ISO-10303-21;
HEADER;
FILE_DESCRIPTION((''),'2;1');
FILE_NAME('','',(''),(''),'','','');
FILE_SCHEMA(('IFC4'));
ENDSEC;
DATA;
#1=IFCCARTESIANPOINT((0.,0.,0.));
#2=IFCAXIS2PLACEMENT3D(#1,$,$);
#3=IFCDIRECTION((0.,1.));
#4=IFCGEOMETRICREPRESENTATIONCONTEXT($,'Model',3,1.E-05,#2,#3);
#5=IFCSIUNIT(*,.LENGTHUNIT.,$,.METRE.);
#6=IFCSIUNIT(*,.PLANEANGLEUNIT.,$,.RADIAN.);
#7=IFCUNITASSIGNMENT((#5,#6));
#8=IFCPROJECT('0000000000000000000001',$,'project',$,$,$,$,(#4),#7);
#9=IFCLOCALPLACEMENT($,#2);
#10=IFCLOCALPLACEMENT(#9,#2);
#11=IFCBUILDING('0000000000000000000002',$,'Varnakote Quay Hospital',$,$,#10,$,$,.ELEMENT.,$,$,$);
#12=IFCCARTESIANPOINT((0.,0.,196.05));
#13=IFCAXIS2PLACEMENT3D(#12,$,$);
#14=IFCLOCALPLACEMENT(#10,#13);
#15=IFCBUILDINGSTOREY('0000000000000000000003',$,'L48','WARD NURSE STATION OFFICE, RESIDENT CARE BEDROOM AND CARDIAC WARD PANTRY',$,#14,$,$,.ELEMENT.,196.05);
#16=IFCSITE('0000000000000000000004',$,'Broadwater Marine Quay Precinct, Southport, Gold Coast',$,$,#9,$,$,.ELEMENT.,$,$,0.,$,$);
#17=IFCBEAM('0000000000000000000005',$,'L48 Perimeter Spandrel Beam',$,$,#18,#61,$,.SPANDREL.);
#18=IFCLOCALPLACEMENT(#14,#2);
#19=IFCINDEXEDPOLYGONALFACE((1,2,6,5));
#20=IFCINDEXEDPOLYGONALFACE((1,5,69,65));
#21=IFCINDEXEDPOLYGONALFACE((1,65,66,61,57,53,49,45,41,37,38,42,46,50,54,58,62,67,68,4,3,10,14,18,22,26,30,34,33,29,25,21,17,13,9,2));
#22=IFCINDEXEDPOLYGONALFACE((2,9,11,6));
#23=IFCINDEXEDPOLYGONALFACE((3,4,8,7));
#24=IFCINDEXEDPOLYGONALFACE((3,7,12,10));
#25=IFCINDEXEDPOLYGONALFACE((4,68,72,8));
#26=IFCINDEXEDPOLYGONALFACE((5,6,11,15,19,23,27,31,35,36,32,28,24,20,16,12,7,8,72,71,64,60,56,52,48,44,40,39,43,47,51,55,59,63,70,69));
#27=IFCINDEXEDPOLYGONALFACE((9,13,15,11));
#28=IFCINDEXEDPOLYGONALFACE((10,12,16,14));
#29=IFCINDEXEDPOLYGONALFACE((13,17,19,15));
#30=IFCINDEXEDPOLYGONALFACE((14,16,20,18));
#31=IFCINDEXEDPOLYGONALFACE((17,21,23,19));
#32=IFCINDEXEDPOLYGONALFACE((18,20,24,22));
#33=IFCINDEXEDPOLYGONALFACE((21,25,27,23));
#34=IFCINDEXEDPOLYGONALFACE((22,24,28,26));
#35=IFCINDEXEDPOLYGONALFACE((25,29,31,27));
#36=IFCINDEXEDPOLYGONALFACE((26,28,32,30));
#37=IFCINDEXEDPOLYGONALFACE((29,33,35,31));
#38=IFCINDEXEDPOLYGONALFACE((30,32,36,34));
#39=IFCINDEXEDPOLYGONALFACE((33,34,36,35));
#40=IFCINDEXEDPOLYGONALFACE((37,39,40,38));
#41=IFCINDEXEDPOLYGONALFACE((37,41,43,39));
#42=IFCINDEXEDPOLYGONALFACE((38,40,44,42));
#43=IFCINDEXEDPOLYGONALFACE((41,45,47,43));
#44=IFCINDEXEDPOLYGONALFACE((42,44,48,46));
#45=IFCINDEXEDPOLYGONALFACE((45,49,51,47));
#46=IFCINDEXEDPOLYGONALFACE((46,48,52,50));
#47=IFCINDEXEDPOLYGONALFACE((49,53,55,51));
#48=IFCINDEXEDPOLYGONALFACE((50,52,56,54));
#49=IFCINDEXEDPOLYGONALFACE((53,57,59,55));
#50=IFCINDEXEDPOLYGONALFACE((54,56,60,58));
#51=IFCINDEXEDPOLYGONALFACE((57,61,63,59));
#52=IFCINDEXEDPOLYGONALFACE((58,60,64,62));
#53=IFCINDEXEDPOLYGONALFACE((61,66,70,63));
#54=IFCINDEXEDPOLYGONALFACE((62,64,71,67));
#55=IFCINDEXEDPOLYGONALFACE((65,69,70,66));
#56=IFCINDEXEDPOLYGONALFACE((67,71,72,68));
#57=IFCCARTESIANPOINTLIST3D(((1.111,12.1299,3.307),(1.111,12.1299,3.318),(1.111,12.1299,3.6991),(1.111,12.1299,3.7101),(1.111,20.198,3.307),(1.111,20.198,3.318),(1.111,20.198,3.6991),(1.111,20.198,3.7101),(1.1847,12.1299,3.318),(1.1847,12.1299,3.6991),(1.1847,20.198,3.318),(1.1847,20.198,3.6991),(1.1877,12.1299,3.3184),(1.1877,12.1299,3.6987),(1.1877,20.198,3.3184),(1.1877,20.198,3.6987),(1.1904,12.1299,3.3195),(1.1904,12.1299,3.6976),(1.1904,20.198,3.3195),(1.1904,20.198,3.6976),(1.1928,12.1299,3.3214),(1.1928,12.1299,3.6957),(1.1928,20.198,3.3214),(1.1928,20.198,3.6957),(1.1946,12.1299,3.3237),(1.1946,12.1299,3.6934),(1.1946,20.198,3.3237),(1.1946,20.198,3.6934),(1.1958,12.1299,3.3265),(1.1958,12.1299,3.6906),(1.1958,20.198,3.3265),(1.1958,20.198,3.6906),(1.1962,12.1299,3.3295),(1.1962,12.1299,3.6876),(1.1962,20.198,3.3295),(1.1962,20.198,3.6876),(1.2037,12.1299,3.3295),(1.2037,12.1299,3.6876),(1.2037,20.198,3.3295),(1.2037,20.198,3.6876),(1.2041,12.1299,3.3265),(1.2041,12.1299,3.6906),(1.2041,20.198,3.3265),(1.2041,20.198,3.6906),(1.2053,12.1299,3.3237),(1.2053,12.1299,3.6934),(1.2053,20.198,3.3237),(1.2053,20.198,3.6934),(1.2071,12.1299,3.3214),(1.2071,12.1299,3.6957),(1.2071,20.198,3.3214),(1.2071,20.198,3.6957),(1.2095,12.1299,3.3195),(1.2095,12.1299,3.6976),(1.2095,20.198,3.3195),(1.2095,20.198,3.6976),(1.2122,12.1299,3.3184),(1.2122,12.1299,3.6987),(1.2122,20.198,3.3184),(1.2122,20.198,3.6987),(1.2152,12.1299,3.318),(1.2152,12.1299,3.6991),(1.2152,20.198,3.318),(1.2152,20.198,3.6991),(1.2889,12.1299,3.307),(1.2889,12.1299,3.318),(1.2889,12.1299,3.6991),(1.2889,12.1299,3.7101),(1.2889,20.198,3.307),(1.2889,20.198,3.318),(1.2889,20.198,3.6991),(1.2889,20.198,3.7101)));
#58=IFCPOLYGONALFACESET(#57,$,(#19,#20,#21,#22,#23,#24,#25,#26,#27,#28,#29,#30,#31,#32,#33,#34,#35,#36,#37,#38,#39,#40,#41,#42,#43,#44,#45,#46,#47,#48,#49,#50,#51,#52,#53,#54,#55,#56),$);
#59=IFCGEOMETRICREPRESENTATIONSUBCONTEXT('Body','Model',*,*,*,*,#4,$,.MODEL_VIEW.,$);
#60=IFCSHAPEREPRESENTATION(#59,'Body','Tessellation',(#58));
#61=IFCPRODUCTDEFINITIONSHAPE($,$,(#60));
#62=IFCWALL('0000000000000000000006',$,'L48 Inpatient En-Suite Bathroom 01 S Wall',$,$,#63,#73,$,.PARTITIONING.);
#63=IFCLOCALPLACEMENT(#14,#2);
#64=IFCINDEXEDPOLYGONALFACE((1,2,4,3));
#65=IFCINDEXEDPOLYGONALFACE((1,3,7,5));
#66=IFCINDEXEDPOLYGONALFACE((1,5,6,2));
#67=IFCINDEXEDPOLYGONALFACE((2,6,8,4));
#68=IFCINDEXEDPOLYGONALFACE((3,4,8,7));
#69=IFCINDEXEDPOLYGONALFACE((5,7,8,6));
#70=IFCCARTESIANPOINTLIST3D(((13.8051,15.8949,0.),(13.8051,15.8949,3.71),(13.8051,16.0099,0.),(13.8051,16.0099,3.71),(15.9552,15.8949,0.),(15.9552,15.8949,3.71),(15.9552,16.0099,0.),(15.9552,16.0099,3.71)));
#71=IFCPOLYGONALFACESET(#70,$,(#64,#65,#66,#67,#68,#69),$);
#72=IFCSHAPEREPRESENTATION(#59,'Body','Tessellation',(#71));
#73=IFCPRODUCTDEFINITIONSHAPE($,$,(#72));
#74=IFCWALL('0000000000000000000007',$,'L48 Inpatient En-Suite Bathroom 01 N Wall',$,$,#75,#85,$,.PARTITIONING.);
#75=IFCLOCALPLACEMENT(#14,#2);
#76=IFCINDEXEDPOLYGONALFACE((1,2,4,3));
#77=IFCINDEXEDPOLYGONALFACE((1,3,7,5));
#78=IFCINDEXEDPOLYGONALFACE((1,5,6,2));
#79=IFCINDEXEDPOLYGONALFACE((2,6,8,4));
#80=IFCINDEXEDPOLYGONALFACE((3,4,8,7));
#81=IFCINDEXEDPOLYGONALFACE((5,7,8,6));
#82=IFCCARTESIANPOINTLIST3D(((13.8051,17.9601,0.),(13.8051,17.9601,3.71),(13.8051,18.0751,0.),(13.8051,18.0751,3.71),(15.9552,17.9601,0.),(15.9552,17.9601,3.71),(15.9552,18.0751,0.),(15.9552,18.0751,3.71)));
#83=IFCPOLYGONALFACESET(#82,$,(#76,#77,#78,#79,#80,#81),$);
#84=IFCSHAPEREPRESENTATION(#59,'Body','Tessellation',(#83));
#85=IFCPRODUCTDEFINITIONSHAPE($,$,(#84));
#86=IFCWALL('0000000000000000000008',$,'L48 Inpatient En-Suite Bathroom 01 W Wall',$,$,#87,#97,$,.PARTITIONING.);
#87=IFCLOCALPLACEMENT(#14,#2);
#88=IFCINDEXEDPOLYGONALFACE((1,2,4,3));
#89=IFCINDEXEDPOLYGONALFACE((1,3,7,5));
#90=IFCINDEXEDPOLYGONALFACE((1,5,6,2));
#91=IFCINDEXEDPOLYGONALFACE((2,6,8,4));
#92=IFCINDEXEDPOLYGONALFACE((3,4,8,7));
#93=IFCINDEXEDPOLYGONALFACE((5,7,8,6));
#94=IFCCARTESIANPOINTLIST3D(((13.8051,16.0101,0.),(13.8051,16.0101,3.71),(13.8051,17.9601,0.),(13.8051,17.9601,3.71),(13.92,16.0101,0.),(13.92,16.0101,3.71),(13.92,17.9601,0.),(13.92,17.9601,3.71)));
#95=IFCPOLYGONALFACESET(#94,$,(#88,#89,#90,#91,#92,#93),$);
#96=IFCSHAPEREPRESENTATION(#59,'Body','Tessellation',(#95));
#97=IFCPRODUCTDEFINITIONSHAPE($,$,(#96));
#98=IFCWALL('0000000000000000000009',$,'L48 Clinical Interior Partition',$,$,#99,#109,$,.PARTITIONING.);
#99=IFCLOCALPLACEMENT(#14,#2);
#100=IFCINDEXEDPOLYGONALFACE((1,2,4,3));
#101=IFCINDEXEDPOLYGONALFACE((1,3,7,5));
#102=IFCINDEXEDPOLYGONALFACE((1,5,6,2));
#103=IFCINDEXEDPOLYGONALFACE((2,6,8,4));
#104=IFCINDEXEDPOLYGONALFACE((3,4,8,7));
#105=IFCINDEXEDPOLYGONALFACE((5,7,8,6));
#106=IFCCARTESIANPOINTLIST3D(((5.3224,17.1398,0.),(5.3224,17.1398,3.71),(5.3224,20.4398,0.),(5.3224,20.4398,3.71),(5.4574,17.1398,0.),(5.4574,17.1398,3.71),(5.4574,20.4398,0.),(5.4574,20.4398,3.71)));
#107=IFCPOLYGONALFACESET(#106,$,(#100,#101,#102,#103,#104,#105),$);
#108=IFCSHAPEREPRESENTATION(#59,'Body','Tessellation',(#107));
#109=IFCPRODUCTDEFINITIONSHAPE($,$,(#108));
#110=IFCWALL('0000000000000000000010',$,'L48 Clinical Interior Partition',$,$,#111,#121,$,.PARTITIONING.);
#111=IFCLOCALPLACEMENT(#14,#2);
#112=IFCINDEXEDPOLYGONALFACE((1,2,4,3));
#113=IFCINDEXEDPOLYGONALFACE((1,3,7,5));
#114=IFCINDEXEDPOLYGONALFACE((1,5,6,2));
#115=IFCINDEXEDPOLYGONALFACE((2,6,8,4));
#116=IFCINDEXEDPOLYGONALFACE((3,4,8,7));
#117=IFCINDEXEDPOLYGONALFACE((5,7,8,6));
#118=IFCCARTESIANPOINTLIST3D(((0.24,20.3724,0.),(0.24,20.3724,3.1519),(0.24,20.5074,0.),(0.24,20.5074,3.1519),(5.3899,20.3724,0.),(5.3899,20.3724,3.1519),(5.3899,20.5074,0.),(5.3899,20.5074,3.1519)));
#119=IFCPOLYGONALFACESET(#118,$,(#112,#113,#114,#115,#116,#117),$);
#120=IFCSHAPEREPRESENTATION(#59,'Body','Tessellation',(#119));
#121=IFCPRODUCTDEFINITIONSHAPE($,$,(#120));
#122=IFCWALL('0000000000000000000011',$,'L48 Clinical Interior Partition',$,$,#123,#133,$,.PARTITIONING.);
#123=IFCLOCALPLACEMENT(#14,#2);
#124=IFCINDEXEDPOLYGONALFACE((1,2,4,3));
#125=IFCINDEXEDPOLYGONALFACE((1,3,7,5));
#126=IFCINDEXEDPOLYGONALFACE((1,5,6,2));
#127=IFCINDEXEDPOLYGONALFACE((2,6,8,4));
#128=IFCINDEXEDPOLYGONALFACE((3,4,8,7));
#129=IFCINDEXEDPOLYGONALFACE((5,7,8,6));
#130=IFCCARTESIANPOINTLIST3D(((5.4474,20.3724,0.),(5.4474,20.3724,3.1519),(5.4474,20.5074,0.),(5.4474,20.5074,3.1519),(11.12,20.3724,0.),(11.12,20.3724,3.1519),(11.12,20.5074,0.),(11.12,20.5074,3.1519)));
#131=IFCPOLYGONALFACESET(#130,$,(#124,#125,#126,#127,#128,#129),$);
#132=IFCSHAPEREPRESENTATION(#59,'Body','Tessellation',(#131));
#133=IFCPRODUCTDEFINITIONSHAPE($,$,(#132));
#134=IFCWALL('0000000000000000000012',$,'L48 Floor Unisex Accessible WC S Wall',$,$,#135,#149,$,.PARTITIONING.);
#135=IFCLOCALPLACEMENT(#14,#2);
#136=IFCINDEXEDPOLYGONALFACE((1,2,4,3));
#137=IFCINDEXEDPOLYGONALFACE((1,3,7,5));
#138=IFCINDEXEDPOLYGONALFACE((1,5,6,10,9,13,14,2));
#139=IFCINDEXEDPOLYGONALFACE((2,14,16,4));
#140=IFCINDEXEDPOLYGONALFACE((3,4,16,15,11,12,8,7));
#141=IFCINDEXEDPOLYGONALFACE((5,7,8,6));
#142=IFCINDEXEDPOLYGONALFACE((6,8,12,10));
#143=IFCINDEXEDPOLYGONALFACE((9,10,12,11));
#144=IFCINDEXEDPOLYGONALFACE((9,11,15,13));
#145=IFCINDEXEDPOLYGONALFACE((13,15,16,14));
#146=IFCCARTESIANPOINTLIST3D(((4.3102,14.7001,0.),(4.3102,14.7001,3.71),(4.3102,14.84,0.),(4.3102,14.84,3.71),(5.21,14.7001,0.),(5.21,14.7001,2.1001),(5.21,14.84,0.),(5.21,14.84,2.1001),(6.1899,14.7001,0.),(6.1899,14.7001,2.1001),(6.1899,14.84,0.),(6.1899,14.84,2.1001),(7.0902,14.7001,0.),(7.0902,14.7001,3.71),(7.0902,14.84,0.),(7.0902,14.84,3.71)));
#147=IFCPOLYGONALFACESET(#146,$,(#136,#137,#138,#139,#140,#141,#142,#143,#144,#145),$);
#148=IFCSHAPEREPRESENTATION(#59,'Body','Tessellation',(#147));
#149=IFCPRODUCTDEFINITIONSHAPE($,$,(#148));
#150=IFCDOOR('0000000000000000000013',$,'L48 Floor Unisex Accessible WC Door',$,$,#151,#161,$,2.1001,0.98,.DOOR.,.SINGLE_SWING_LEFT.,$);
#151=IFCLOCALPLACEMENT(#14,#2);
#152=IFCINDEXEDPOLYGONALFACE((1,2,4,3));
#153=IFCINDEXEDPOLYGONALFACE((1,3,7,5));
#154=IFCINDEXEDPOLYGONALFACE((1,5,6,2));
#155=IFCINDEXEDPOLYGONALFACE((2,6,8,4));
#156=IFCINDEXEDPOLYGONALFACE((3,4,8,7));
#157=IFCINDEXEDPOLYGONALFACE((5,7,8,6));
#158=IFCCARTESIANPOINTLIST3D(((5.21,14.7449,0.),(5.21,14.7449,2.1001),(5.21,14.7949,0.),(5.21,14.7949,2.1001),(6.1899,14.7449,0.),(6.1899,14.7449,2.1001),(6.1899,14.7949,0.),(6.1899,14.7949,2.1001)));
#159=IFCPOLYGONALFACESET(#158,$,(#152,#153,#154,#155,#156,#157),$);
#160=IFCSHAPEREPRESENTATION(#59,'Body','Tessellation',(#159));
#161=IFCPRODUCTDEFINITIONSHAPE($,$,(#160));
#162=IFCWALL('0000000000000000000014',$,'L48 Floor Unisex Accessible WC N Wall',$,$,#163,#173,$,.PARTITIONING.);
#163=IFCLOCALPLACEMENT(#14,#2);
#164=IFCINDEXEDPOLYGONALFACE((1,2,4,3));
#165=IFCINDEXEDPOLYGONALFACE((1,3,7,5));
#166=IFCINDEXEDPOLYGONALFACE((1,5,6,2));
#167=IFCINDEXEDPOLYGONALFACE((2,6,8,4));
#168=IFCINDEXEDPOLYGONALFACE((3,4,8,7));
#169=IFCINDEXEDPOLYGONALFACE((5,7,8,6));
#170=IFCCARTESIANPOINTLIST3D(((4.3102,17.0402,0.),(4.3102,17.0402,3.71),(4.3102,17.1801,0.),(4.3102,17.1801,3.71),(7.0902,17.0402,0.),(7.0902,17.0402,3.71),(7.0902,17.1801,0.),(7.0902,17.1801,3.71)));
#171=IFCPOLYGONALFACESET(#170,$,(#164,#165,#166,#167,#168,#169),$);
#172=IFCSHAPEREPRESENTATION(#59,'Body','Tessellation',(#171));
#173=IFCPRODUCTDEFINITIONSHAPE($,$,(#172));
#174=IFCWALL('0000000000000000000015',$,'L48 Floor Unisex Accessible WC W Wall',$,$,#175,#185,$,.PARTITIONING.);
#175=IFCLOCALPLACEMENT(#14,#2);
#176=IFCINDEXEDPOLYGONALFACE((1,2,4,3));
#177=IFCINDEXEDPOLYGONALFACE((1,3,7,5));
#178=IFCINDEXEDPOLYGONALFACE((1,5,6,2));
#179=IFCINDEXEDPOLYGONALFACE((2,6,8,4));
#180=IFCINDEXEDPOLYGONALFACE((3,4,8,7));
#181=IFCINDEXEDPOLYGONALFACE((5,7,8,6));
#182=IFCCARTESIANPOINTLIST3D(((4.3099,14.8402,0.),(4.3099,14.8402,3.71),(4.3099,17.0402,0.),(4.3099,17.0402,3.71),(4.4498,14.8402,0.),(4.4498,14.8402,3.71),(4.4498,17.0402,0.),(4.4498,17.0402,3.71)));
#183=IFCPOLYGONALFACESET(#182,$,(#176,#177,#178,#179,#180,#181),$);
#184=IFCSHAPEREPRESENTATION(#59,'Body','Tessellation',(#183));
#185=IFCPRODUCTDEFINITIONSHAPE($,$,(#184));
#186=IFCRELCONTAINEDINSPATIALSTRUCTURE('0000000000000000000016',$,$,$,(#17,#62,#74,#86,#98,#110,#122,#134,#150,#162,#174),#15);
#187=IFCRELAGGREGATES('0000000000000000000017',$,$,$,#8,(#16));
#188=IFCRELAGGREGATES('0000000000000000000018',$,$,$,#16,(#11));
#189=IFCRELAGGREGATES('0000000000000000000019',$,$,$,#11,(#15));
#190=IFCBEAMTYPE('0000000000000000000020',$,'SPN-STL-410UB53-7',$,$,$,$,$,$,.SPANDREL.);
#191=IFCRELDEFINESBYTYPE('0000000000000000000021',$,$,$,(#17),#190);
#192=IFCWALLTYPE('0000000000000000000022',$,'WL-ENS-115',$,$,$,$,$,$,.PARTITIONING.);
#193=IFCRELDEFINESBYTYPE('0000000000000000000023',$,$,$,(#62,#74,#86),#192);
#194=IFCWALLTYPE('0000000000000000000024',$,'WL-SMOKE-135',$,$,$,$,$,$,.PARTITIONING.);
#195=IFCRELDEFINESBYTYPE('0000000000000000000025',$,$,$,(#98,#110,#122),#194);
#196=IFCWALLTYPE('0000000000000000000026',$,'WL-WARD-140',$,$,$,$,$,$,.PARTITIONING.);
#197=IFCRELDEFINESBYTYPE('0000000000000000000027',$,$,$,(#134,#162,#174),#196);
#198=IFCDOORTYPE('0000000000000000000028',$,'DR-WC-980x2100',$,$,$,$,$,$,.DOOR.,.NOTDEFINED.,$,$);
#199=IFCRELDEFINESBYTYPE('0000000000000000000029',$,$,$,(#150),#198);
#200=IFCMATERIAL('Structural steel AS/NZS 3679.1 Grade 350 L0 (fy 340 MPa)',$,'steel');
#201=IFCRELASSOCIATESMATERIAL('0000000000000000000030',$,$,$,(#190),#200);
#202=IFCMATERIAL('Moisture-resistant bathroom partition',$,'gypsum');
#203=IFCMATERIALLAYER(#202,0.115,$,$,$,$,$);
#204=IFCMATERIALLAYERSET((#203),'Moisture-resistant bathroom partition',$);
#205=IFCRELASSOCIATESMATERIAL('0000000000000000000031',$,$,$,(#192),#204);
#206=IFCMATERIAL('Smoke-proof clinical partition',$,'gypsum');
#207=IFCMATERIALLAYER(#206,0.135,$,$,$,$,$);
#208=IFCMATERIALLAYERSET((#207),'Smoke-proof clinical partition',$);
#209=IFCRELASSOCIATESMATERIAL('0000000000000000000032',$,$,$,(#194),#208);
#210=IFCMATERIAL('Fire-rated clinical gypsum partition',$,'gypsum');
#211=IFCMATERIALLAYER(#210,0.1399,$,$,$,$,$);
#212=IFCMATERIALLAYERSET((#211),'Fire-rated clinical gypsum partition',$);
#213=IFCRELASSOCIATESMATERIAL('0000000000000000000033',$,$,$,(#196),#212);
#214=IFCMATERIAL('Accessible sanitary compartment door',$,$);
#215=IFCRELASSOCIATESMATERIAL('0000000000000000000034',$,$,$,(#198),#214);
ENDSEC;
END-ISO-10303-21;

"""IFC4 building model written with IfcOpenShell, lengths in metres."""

from ifc_helpers import new_model, si_unit, direction, frame, frame_2d, origin, origin_2d, place, context, subcontext, project, spatial, rectangle, i_section, extrude, material, layer, layer_set, material_profile, profile_set, type_object, element, fill, save


model = new_model("IFC4")

# Units and contexts
model_context = context("Model", 3, precision=1e-05, world=origin(), true_north=direction((0.0, 1.0)))
body_context = subcontext(model_context, "Body", "Model", "MODEL_VIEW")
ifc_project = project(units=[si_unit("LENGTHUNIT", "METRE"), si_unit("PLANEANGLEUNIT", "RADIAN")], contexts=[model_context])

# Site, building, storey
site_placement = place(None, origin())
site = spatial("IfcSite", under=ifc_project, at=site_placement, Name="Broadwater Marine Quay Precinct, Southport, Gold Coast", CompositionType="ELEMENT", RefElevation=0.0)
building_placement = place(site_placement, origin())
building = spatial("IfcBuilding", under=site, at=building_placement, Name="Varnakote Quay Hospital", CompositionType="ELEMENT")
storey_placement = place(building_placement, frame((0.0, 0.0, 196.05)))
storey = spatial("IfcBuildingStorey", under=building, at=storey_placement, Name="L48", Description="WARD NURSE STATION OFFICE, RESIDENT CARE BEDROOM AND CARDIAC WARD PANTRY", CompositionType="ELEMENT", Elevation=196.05)

# Beam
ifc_material_1 = material(Name="Structural steel AS/NZS 3679.1 Grade 350 L0 (fy 340 MPa)", Category="steel")
ifc_material_profile_1 = material_profile(ifc_material_1, i_section(OverallWidth=0.178, OverallDepth=0.4031, WebThickness=0.0076, FlangeThickness=0.011, FilletRadius=0.0115, at=origin_2d()), Name="410UB53.7")
ifc_profile_set_1 = profile_set([ifc_material_profile_1], Name="Structural steel AS/NZS 3679.1 Grade 350 L0 (fy 340 MPa)")
beam_type_1 = type_object("IfcBeamType", Name="SPN-STL-410UB53-7", PredefinedType="SPANDREL", material=ifc_profile_set_1)
beam_1_placement = place(storey_placement, frame((1.2, 12.1299, 3.5085), z_axis=(0.0, 1.0, 0.0), x_axis=(-1.0, 0.0, 0.0)))
element("IfcBeam", 1, at=beam_1_placement, inside=storey, type_object=beam_type_1, Name="L48 Perimeter Spandrel Beam", PredefinedType="SPANDREL", context=body_context, shape_type="SweptSolid", body=[
    extrude(i_section(OverallWidth=0.178, OverallDepth=0.4031, WebThickness=0.0076, FlangeThickness=0.011, FilletRadius=0.0115, at=origin_2d()), origin(), (0.0, 0.0, 1.0), 8.0681),
])

# Walls
ifc_material_2 = material(Name="Moisture-resistant bathroom partition", Category="gypsum")
ifc_layer_1 = layer(ifc_material_2, 0.115)
ifc_layer_set_1 = layer_set([ifc_layer_1], Name="Moisture-resistant bathroom partition")
wall_type_1 = type_object("IfcWallType", Name="WL-ENS-115", PredefinedType="PARTITIONING", material=ifc_layer_set_1)
for number, where, z_axis, x_axis, name in (
    (2, (13.8049, 15.9524, 0.0), (0.0, 0.0, 1.0), (1.0, 0.0, 0.0), "L48 Inpatient En-Suite Bathroom 01 S Wall"),
    (3, (13.8049, 18.0176, 0.0), (0.0, 0.0, 1.0), (1.0, 0.0, 0.0), "L48 Inpatient En-Suite Bathroom 01 N Wall"),
):
    element("IfcWall", number, at=place(storey_placement, frame(where, z_axis=z_axis, x_axis=x_axis)), inside=storey, type_object=wall_type_1, Name=name, PredefinedType="PARTITIONING", context=body_context, shape_type="SweptSolid", body=[
        extrude(rectangle(XDim=2.1501, YDim=0.115, at=frame_2d((1.0752, 0.0))), origin(), (0.0, 0.0, 1.0), 3.71),
    ])
wall_1_placement = place(storey_placement, frame((13.8625, 16.01, 0.0), z_axis=(0.0, 0.0, 1.0), x_axis=(0.0, 1.0, 0.0)))
element("IfcWall", 4, at=wall_1_placement, inside=storey, type_object=wall_type_1, Name="L48 Inpatient En-Suite Bathroom 01 W Wall", PredefinedType="PARTITIONING", context=body_context, shape_type="SweptSolid", body=[
    extrude(rectangle(XDim=1.95, YDim=0.115, at=frame_2d((0.9751, 0.0))), origin(), (0.0, 0.0, 1.0), 3.71),
])
ifc_material_3 = material(Name="Smoke-proof clinical partition", Category="gypsum")
ifc_layer_2 = layer(ifc_material_3, 0.135)
ifc_layer_set_2 = layer_set([ifc_layer_2], Name="Smoke-proof clinical partition")
wall_type_2 = type_object("IfcWallType", Name="WL-SMOKE-135", PredefinedType="PARTITIONING", material=ifc_layer_set_2)
wall_2_placement = place(storey_placement, frame((5.3899, 17.1399, 0.0), z_axis=(0.0, 0.0, 1.0), x_axis=(0.0, 1.0, 0.0)))
element("IfcWall", 5, at=wall_2_placement, inside=storey, type_object=wall_type_2, Name="L48 Clinical Interior Partition", PredefinedType="PARTITIONING", context=body_context, shape_type="SweptSolid", body=[
    extrude(rectangle(XDim=3.3, YDim=0.135, at=frame_2d((1.6499, 0.0))), origin(), (0.0, 0.0, 1.0), 3.71),
])
wall_3_placement = place(storey_placement, frame((5.3899, 20.4399, 0.0), z_axis=(0.0, 0.0, 1.0), x_axis=(-1.0, 0.0, 0.0)))
element("IfcWall", 6, at=wall_3_placement, inside=storey, type_object=wall_type_2, Name="L48 Clinical Interior Partition", PredefinedType="PARTITIONING", context=body_context, shape_type="SweptSolid", body=[
    extrude(rectangle(XDim=5.1499, YDim=0.135, at=frame_2d((2.575, 0.0))), origin(), (0.0, 0.0, 1.0), 3.1519),
])
wall_4_placement = place(storey_placement, frame((11.1201, 20.4399, 0.0), z_axis=(0.0, 0.0, 1.0), x_axis=(-1.0, 0.0, 0.0)))
element("IfcWall", 7, at=wall_4_placement, inside=storey, type_object=wall_type_2, Name="L48 Clinical Interior Partition", PredefinedType="PARTITIONING", context=body_context, shape_type="SweptSolid", body=[
    extrude(rectangle(XDim=5.6726, YDim=0.135, at=frame_2d((2.8364, 0.0))), origin(), (0.0, 0.0, 1.0), 3.1519),
])

# Wall, opening, door
ifc_material_4 = material(Name="Fire-rated clinical gypsum partition", Category="gypsum")
ifc_layer_3 = layer(ifc_material_4, 0.1399)
ifc_layer_set_3 = layer_set([ifc_layer_3], Name="Fire-rated clinical gypsum partition")
wall_type_3 = type_object("IfcWallType", Name="WL-WARD-140", PredefinedType="PARTITIONING", material=ifc_layer_set_3)
wall_5_placement = place(storey_placement, frame((4.3101, 14.77, 0.0), z_axis=(0.0, 0.0, 1.0), x_axis=(1.0, 0.0, 0.0)))
wall_5 = element("IfcWall", 8, at=wall_5_placement, inside=storey, type_object=wall_type_3, Name="L48 Floor Unisex Accessible WC S Wall", PredefinedType="PARTITIONING", context=body_context, shape_type="SweptSolid", body=[
    extrude(rectangle(XDim=2.78, YDim=0.1399, at=frame_2d((1.3901, 0.0))), origin(), (0.0, 0.0, 1.0), 3.71),
])
opening_1_placement = place(wall_5_placement, frame((0.8999, 0.0, 0.0)))
opening_1 = element("IfcOpeningElement", 9, at=opening_1_placement, cuts=wall_5, PredefinedType="OPENING", context=body_context, shape_type="SweptSolid", body=[
    extrude(rectangle(XDim=0.98, YDim=2.1001, at=frame_2d((0.49, 1.05))), frame((0.0, 0.0798, 0.0), z_axis=(0.0, -1.0, 0.0), x_axis=(1.0, 0.0, 0.0)), (0.0, 0.0, 1.0), 0.1599),
])
ifc_material_5 = material(Name="Accessible sanitary compartment door")
door_type_1 = type_object("IfcDoorType", Name="DR-WC-980x2100", OperationType="NOTDEFINED", PredefinedType="DOOR", material=ifc_material_5)
door_1_placement = place(opening_1_placement, origin())
door_1 = element("IfcDoor", 10, at=door_1_placement, inside=storey, type_object=door_type_1, Name="L48 Floor Unisex Accessible WC Door", OperationType="SINGLE_SWING_LEFT", OverallHeight=2.1001, OverallWidth=0.98, PredefinedType="DOOR", context=body_context, shape_type="SweptSolid", body=[
    extrude(rectangle(XDim=0.98, YDim=2.1001, at=frame_2d((0.49, 1.05))), frame((0.0, 0.0249, 0.0), z_axis=(0.0, -1.0, 0.0), x_axis=(1.0, 0.0, 0.0)), (0.0, 0.0, 1.0), 0.05),
])
fill(opening_1, door_1)

# Walls
wall_6_placement = place(storey_placement, frame((4.3101, 17.1101, 0.0), z_axis=(0.0, 0.0, 1.0), x_axis=(1.0, 0.0, 0.0)))
element("IfcWall", 11, at=wall_6_placement, inside=storey, type_object=wall_type_3, Name="L48 Floor Unisex Accessible WC N Wall", PredefinedType="PARTITIONING", context=body_context, shape_type="SweptSolid", body=[
    extrude(rectangle(XDim=2.78, YDim=0.1399, at=frame_2d((1.3901, 0.0))), origin(), (0.0, 0.0, 1.0), 3.71),
])
for number, where, z_axis, x_axis, name in (
    (12, (4.3799, 14.8401, 0.0), (0.0, 0.0, 1.0), (0.0, 1.0, 0.0), "L48 Floor Unisex Accessible WC W Wall"),
):
    element("IfcWall", number, at=place(storey_placement, frame(where, z_axis=z_axis, x_axis=x_axis)), inside=storey, type_object=wall_type_3, Name=name, PredefinedType="PARTITIONING", context=body_context, shape_type="SweptSolid", body=[
        extrude(rectangle(XDim=2.2, YDim=0.1399, at=frame_2d((1.1001, 0.0))), origin(), (0.0, 0.0, 1.0), 3.71),
    ])

save(model, "model.ifc")
